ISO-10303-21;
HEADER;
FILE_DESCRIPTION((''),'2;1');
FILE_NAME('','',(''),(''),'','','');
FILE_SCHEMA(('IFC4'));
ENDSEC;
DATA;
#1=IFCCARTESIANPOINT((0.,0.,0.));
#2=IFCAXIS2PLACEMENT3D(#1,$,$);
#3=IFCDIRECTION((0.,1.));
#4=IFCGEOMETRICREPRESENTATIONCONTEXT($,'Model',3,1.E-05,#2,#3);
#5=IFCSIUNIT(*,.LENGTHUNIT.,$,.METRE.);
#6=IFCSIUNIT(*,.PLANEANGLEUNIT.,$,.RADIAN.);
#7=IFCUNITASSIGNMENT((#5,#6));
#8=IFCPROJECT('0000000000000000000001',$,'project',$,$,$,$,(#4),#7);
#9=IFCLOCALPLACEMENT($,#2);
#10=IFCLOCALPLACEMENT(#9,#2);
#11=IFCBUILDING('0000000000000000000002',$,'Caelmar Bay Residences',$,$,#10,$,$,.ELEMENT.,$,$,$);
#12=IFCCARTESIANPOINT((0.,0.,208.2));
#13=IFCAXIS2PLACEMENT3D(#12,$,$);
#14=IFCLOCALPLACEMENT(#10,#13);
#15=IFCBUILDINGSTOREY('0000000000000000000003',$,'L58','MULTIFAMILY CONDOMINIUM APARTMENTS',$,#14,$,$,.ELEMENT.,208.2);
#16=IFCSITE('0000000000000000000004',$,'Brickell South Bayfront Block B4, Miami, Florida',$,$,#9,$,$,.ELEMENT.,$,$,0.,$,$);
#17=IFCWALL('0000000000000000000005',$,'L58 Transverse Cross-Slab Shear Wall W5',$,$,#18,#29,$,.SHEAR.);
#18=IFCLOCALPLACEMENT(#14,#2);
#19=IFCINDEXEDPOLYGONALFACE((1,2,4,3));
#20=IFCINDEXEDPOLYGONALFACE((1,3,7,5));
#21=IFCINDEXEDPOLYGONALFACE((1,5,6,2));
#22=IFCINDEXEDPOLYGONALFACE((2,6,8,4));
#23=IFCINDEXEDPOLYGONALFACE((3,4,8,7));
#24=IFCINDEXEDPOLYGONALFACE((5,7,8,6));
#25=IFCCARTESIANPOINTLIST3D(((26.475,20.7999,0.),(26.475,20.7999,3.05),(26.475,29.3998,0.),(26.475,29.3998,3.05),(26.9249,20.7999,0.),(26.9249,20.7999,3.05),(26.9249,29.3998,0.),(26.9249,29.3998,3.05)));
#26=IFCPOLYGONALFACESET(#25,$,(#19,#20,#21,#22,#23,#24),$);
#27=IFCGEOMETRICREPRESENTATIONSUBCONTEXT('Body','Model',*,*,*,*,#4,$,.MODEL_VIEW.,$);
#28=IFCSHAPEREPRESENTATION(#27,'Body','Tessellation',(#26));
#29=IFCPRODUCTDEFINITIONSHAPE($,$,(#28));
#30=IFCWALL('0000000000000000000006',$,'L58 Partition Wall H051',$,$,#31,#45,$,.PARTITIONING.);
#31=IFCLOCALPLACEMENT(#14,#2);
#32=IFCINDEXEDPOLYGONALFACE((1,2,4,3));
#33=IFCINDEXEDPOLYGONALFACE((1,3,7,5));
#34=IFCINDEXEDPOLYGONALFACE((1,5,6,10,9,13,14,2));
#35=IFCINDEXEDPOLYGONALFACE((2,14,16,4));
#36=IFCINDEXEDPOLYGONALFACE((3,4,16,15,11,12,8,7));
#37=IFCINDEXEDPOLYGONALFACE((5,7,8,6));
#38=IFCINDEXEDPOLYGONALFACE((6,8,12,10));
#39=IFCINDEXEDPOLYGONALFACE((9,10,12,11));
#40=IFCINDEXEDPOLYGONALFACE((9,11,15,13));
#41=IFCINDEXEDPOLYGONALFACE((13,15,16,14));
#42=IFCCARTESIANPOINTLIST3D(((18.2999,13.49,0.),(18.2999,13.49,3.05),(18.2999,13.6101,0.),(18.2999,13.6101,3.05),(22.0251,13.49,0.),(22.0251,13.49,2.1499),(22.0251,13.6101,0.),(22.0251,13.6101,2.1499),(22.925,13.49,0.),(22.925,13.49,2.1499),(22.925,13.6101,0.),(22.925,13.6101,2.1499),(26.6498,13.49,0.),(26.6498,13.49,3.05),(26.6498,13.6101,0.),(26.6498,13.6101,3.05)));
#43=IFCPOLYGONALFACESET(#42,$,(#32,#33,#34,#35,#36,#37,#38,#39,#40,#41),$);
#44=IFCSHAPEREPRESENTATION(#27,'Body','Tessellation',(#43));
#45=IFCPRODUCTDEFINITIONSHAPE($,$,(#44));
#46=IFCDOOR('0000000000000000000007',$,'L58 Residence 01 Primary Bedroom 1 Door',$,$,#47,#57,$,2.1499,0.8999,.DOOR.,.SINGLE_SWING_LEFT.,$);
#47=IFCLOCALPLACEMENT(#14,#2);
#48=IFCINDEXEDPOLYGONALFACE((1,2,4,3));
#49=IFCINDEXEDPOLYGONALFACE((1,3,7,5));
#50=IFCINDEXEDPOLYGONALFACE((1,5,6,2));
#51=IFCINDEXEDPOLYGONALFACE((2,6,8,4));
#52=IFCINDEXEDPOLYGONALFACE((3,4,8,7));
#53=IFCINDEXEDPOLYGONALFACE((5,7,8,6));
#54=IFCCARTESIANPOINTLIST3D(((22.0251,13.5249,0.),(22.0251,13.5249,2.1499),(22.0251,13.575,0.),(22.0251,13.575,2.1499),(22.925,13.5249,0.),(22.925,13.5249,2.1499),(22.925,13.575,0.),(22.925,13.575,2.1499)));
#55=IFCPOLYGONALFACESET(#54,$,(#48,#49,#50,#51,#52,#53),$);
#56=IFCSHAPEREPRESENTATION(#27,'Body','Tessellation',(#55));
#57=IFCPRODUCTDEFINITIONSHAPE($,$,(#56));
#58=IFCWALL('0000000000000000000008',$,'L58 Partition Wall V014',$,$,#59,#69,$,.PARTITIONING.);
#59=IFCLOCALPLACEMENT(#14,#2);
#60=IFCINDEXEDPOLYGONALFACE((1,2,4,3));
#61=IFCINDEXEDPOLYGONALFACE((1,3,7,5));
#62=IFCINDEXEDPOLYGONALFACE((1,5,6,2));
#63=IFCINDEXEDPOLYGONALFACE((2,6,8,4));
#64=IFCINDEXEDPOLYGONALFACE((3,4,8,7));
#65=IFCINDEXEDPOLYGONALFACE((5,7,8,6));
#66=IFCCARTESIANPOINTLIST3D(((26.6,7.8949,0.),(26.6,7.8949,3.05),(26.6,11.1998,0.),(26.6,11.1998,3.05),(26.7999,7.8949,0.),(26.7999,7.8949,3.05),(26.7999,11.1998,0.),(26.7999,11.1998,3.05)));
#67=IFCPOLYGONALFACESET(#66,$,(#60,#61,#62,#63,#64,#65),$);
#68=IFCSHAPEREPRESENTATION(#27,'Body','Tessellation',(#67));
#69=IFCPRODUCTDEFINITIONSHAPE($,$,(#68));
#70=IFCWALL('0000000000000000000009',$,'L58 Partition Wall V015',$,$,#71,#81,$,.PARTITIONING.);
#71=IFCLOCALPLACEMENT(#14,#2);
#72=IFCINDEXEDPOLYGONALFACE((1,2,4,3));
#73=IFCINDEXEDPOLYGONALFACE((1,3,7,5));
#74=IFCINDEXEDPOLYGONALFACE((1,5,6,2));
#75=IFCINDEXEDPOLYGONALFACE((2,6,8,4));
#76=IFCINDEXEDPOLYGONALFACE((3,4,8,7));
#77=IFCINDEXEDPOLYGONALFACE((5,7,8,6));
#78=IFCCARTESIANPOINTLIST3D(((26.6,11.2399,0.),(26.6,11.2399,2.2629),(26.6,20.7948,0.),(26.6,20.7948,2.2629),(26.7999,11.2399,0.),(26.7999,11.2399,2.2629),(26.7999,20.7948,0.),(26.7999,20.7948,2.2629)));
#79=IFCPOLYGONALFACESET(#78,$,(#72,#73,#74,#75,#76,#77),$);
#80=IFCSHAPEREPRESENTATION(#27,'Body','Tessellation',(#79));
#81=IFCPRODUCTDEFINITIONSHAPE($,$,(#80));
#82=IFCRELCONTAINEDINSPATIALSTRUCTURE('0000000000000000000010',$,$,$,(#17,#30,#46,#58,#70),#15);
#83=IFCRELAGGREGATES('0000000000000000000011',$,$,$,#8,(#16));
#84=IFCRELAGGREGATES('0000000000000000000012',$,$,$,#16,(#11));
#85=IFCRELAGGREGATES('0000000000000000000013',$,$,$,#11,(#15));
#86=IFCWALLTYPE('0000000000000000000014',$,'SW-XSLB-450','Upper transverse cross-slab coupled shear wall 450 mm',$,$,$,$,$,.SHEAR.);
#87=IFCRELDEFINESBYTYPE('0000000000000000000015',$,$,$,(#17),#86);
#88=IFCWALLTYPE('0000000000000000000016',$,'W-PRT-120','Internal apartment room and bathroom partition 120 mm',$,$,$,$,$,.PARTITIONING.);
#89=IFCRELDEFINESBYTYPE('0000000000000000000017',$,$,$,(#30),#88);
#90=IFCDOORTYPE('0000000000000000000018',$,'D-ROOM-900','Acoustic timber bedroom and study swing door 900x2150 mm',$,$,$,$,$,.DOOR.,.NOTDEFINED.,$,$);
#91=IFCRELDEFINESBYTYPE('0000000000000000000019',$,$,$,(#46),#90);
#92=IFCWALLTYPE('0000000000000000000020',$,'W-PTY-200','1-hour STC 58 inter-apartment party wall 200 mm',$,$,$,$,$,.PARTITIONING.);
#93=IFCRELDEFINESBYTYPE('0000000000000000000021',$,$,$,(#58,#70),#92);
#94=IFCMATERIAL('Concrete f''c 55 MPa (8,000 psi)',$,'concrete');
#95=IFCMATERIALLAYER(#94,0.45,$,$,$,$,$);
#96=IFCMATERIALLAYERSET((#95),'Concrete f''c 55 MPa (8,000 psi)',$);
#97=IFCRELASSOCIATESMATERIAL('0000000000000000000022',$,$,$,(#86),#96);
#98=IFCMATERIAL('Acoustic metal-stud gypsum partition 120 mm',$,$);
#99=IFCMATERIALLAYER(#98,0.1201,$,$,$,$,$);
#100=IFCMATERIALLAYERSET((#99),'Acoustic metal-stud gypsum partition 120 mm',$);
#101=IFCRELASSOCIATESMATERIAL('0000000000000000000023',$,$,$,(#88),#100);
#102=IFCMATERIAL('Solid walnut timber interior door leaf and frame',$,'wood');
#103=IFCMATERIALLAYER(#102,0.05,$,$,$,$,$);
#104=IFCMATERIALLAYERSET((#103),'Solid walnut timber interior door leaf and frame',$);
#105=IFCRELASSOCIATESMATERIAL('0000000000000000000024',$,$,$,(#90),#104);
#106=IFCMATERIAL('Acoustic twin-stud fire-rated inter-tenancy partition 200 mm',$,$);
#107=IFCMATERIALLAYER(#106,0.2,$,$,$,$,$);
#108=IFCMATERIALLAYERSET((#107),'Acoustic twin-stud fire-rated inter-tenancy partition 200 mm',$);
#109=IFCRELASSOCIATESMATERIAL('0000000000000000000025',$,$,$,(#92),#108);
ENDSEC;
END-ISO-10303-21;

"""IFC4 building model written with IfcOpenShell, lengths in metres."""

from ifc_helpers import new_model, si_unit, direction, frame, frame_2d, origin, place, context, subcontext, project, spatial, rectangle, extrude, material, layer, layer_set, type_object, element, fill, save


model = new_model("IFC4")

# Units and contexts
model_context = context("Model", 3, precision=1e-05, world=origin(), true_north=direction((0.0, 1.0)))
body_context = subcontext(model_context, "Body", "Model", "MODEL_VIEW")
ifc_project = project(units=[si_unit("LENGTHUNIT", "METRE"), si_unit("PLANEANGLEUNIT", "RADIAN")], contexts=[model_context])

# Site, building, storey
site_placement = place(None, origin())
site = spatial("IfcSite", under=ifc_project, at=site_placement, Name="Brickell South Bayfront Block B4, Miami, Florida", CompositionType="ELEMENT", RefElevation=0.0)
building_placement = place(site_placement, origin())
building = spatial("IfcBuilding", under=site, at=building_placement, Name="Caelmar Bay Residences", CompositionType="ELEMENT")
storey_placement = place(building_placement, frame((0.0, 0.0, 208.2)))
storey = spatial("IfcBuildingStorey", under=building, at=storey_placement, Name="L58", Description="MULTIFAMILY CONDOMINIUM APARTMENTS", CompositionType="ELEMENT", Elevation=208.2)

# Shared definitions
ifc_material_1 = material(Name="Concrete f'c 55 MPa (8,000 psi)", Category="concrete")

# Wall
ifc_layer_1 = layer(ifc_material_1, 0.45)
ifc_layer_set_1 = layer_set([ifc_layer_1], Name="Concrete f'c 55 MPa (8,000 psi)")
wall_type_1 = type_object("IfcWallType", Name="SW-XSLB-450", Description="Upper transverse cross-slab coupled shear wall 450 mm", PredefinedType="SHEAR", material=ifc_layer_set_1)
wall_1_placement = place(storey_placement, frame((26.7, 20.8, 0.0), z_axis=(0.0, 0.0, 1.0), x_axis=(0.0, 1.0, 0.0)))
element("IfcWall", 1, at=wall_1_placement, inside=storey, type_object=wall_type_1, Name="L58 Transverse Cross-Slab Shear Wall W5", PredefinedType="SHEAR", context=body_context, shape_type="SweptSolid", body=[
    extrude(rectangle(XDim=8.5999, YDim=0.45, at=frame_2d((4.2998, 0.0))), origin(), (0.0, 0.0, 1.0), 3.05),
])

# Wall, opening, door
ifc_material_2 = material(Name="Acoustic metal-stud gypsum partition 120 mm")
ifc_layer_2 = layer(ifc_material_2, 0.1201)
ifc_layer_set_2 = layer_set([ifc_layer_2], Name="Acoustic metal-stud gypsum partition 120 mm")
wall_type_2 = type_object("IfcWallType", Name="W-PRT-120", Description="Internal apartment room and bathroom partition 120 mm", PredefinedType="PARTITIONING", material=ifc_layer_set_2)
wall_2_placement = place(storey_placement, frame((18.3, 13.55, 0.0), z_axis=(0.0, 0.0, 1.0), x_axis=(1.0, 0.0, 0.0)))
wall_2 = element("IfcWall", 2, at=wall_2_placement, inside=storey, type_object=wall_type_2, Name="L58 Partition Wall H051", PredefinedType="PARTITIONING", context=body_context, shape_type="SweptSolid", body=[
    extrude(rectangle(XDim=8.3499, YDim=0.1201, at=frame_2d((4.1748, 0.0))), origin(), (0.0, 0.0, 1.0), 3.05),
])
opening_placement = place(wall_2_placement, frame((3.7251, 0.0, 0.0)))
opening = element("IfcOpeningElement", 3, at=opening_placement, cuts=wall_2, PredefinedType="OPENING", context=body_context, shape_type="SweptSolid", body=[
    extrude(rectangle(XDim=0.8999, YDim=2.1499, at=frame_2d((0.45, 1.075))), frame((0.0, 0.0701, 0.0), z_axis=(0.0, -1.0, 0.0), x_axis=(1.0, 0.0, 0.0)), (0.0, 0.0, 1.0), 0.1401),
])
ifc_material_3 = material(Name="Solid walnut timber interior door leaf and frame", Category="wood")
ifc_layer_3 = layer(ifc_material_3, 0.05)
ifc_layer_set_3 = layer_set([ifc_layer_3], Name="Solid walnut timber interior door leaf and frame")
door_type = type_object("IfcDoorType", Name="D-ROOM-900", Description="Acoustic timber bedroom and study swing door 900x2150 mm", OperationType="NOTDEFINED", PredefinedType="DOOR", material=ifc_layer_set_3)
door_placement = place(opening_placement, origin())
door = element("IfcDoor", 4, at=door_placement, inside=storey, type_object=door_type, Name="L58 Residence 01 Primary Bedroom 1 Door", OperationType="SINGLE_SWING_LEFT", OverallHeight=2.1499, OverallWidth=0.8999, PredefinedType="DOOR", context=body_context, shape_type="SweptSolid", body=[
    extrude(rectangle(XDim=0.8999, YDim=2.1499, at=frame_2d((0.45, 1.075))), frame((0.0, 0.0249, 0.0), z_axis=(0.0, -1.0, 0.0), x_axis=(1.0, 0.0, 0.0)), (0.0, 0.0, 1.0), 0.05),
])
fill(opening, door)

# Walls
ifc_material_4 = material(Name="Acoustic twin-stud fire-rated inter-tenancy partition 200 mm")
ifc_layer_4 = layer(ifc_material_4, 0.2)
ifc_layer_set_4 = layer_set([ifc_layer_4], Name="Acoustic twin-stud fire-rated inter-tenancy partition 200 mm")
wall_type_3 = type_object("IfcWallType", Name="W-PTY-200", Description="1-hour STC 58 inter-apartment party wall 200 mm", PredefinedType="PARTITIONING", material=ifc_layer_set_4)
wall_3_placement = place(storey_placement, frame((26.7, 7.895, 0.0), z_axis=(0.0, 0.0, 1.0), x_axis=(0.0, 1.0, 0.0)))
element("IfcWall", 5, at=wall_3_placement, inside=storey, type_object=wall_type_3, Name="L58 Partition Wall V014", PredefinedType="PARTITIONING", context=body_context, shape_type="SweptSolid", body=[
    extrude(rectangle(XDim=3.3049, YDim=0.2, at=frame_2d((1.6523, 0.0))), origin(), (0.0, 0.0, 1.0), 3.05),
])
wall_4_placement = place(storey_placement, frame((26.7, 11.24, 0.0), z_axis=(0.0, 0.0, 1.0), x_axis=(0.0, 1.0, 0.0)))
element("IfcWall", 6, at=wall_4_placement, inside=storey, type_object=wall_type_3, Name="L58 Partition Wall V015", PredefinedType="PARTITIONING", context=body_context, shape_type="SweptSolid", body=[
    extrude(rectangle(XDim=9.5549, YDim=0.2, at=frame_2d((4.7773, 0.0))), origin(), (0.0, 0.0, 1.0), 2.2629),
])

save(model, "model.ifc")
